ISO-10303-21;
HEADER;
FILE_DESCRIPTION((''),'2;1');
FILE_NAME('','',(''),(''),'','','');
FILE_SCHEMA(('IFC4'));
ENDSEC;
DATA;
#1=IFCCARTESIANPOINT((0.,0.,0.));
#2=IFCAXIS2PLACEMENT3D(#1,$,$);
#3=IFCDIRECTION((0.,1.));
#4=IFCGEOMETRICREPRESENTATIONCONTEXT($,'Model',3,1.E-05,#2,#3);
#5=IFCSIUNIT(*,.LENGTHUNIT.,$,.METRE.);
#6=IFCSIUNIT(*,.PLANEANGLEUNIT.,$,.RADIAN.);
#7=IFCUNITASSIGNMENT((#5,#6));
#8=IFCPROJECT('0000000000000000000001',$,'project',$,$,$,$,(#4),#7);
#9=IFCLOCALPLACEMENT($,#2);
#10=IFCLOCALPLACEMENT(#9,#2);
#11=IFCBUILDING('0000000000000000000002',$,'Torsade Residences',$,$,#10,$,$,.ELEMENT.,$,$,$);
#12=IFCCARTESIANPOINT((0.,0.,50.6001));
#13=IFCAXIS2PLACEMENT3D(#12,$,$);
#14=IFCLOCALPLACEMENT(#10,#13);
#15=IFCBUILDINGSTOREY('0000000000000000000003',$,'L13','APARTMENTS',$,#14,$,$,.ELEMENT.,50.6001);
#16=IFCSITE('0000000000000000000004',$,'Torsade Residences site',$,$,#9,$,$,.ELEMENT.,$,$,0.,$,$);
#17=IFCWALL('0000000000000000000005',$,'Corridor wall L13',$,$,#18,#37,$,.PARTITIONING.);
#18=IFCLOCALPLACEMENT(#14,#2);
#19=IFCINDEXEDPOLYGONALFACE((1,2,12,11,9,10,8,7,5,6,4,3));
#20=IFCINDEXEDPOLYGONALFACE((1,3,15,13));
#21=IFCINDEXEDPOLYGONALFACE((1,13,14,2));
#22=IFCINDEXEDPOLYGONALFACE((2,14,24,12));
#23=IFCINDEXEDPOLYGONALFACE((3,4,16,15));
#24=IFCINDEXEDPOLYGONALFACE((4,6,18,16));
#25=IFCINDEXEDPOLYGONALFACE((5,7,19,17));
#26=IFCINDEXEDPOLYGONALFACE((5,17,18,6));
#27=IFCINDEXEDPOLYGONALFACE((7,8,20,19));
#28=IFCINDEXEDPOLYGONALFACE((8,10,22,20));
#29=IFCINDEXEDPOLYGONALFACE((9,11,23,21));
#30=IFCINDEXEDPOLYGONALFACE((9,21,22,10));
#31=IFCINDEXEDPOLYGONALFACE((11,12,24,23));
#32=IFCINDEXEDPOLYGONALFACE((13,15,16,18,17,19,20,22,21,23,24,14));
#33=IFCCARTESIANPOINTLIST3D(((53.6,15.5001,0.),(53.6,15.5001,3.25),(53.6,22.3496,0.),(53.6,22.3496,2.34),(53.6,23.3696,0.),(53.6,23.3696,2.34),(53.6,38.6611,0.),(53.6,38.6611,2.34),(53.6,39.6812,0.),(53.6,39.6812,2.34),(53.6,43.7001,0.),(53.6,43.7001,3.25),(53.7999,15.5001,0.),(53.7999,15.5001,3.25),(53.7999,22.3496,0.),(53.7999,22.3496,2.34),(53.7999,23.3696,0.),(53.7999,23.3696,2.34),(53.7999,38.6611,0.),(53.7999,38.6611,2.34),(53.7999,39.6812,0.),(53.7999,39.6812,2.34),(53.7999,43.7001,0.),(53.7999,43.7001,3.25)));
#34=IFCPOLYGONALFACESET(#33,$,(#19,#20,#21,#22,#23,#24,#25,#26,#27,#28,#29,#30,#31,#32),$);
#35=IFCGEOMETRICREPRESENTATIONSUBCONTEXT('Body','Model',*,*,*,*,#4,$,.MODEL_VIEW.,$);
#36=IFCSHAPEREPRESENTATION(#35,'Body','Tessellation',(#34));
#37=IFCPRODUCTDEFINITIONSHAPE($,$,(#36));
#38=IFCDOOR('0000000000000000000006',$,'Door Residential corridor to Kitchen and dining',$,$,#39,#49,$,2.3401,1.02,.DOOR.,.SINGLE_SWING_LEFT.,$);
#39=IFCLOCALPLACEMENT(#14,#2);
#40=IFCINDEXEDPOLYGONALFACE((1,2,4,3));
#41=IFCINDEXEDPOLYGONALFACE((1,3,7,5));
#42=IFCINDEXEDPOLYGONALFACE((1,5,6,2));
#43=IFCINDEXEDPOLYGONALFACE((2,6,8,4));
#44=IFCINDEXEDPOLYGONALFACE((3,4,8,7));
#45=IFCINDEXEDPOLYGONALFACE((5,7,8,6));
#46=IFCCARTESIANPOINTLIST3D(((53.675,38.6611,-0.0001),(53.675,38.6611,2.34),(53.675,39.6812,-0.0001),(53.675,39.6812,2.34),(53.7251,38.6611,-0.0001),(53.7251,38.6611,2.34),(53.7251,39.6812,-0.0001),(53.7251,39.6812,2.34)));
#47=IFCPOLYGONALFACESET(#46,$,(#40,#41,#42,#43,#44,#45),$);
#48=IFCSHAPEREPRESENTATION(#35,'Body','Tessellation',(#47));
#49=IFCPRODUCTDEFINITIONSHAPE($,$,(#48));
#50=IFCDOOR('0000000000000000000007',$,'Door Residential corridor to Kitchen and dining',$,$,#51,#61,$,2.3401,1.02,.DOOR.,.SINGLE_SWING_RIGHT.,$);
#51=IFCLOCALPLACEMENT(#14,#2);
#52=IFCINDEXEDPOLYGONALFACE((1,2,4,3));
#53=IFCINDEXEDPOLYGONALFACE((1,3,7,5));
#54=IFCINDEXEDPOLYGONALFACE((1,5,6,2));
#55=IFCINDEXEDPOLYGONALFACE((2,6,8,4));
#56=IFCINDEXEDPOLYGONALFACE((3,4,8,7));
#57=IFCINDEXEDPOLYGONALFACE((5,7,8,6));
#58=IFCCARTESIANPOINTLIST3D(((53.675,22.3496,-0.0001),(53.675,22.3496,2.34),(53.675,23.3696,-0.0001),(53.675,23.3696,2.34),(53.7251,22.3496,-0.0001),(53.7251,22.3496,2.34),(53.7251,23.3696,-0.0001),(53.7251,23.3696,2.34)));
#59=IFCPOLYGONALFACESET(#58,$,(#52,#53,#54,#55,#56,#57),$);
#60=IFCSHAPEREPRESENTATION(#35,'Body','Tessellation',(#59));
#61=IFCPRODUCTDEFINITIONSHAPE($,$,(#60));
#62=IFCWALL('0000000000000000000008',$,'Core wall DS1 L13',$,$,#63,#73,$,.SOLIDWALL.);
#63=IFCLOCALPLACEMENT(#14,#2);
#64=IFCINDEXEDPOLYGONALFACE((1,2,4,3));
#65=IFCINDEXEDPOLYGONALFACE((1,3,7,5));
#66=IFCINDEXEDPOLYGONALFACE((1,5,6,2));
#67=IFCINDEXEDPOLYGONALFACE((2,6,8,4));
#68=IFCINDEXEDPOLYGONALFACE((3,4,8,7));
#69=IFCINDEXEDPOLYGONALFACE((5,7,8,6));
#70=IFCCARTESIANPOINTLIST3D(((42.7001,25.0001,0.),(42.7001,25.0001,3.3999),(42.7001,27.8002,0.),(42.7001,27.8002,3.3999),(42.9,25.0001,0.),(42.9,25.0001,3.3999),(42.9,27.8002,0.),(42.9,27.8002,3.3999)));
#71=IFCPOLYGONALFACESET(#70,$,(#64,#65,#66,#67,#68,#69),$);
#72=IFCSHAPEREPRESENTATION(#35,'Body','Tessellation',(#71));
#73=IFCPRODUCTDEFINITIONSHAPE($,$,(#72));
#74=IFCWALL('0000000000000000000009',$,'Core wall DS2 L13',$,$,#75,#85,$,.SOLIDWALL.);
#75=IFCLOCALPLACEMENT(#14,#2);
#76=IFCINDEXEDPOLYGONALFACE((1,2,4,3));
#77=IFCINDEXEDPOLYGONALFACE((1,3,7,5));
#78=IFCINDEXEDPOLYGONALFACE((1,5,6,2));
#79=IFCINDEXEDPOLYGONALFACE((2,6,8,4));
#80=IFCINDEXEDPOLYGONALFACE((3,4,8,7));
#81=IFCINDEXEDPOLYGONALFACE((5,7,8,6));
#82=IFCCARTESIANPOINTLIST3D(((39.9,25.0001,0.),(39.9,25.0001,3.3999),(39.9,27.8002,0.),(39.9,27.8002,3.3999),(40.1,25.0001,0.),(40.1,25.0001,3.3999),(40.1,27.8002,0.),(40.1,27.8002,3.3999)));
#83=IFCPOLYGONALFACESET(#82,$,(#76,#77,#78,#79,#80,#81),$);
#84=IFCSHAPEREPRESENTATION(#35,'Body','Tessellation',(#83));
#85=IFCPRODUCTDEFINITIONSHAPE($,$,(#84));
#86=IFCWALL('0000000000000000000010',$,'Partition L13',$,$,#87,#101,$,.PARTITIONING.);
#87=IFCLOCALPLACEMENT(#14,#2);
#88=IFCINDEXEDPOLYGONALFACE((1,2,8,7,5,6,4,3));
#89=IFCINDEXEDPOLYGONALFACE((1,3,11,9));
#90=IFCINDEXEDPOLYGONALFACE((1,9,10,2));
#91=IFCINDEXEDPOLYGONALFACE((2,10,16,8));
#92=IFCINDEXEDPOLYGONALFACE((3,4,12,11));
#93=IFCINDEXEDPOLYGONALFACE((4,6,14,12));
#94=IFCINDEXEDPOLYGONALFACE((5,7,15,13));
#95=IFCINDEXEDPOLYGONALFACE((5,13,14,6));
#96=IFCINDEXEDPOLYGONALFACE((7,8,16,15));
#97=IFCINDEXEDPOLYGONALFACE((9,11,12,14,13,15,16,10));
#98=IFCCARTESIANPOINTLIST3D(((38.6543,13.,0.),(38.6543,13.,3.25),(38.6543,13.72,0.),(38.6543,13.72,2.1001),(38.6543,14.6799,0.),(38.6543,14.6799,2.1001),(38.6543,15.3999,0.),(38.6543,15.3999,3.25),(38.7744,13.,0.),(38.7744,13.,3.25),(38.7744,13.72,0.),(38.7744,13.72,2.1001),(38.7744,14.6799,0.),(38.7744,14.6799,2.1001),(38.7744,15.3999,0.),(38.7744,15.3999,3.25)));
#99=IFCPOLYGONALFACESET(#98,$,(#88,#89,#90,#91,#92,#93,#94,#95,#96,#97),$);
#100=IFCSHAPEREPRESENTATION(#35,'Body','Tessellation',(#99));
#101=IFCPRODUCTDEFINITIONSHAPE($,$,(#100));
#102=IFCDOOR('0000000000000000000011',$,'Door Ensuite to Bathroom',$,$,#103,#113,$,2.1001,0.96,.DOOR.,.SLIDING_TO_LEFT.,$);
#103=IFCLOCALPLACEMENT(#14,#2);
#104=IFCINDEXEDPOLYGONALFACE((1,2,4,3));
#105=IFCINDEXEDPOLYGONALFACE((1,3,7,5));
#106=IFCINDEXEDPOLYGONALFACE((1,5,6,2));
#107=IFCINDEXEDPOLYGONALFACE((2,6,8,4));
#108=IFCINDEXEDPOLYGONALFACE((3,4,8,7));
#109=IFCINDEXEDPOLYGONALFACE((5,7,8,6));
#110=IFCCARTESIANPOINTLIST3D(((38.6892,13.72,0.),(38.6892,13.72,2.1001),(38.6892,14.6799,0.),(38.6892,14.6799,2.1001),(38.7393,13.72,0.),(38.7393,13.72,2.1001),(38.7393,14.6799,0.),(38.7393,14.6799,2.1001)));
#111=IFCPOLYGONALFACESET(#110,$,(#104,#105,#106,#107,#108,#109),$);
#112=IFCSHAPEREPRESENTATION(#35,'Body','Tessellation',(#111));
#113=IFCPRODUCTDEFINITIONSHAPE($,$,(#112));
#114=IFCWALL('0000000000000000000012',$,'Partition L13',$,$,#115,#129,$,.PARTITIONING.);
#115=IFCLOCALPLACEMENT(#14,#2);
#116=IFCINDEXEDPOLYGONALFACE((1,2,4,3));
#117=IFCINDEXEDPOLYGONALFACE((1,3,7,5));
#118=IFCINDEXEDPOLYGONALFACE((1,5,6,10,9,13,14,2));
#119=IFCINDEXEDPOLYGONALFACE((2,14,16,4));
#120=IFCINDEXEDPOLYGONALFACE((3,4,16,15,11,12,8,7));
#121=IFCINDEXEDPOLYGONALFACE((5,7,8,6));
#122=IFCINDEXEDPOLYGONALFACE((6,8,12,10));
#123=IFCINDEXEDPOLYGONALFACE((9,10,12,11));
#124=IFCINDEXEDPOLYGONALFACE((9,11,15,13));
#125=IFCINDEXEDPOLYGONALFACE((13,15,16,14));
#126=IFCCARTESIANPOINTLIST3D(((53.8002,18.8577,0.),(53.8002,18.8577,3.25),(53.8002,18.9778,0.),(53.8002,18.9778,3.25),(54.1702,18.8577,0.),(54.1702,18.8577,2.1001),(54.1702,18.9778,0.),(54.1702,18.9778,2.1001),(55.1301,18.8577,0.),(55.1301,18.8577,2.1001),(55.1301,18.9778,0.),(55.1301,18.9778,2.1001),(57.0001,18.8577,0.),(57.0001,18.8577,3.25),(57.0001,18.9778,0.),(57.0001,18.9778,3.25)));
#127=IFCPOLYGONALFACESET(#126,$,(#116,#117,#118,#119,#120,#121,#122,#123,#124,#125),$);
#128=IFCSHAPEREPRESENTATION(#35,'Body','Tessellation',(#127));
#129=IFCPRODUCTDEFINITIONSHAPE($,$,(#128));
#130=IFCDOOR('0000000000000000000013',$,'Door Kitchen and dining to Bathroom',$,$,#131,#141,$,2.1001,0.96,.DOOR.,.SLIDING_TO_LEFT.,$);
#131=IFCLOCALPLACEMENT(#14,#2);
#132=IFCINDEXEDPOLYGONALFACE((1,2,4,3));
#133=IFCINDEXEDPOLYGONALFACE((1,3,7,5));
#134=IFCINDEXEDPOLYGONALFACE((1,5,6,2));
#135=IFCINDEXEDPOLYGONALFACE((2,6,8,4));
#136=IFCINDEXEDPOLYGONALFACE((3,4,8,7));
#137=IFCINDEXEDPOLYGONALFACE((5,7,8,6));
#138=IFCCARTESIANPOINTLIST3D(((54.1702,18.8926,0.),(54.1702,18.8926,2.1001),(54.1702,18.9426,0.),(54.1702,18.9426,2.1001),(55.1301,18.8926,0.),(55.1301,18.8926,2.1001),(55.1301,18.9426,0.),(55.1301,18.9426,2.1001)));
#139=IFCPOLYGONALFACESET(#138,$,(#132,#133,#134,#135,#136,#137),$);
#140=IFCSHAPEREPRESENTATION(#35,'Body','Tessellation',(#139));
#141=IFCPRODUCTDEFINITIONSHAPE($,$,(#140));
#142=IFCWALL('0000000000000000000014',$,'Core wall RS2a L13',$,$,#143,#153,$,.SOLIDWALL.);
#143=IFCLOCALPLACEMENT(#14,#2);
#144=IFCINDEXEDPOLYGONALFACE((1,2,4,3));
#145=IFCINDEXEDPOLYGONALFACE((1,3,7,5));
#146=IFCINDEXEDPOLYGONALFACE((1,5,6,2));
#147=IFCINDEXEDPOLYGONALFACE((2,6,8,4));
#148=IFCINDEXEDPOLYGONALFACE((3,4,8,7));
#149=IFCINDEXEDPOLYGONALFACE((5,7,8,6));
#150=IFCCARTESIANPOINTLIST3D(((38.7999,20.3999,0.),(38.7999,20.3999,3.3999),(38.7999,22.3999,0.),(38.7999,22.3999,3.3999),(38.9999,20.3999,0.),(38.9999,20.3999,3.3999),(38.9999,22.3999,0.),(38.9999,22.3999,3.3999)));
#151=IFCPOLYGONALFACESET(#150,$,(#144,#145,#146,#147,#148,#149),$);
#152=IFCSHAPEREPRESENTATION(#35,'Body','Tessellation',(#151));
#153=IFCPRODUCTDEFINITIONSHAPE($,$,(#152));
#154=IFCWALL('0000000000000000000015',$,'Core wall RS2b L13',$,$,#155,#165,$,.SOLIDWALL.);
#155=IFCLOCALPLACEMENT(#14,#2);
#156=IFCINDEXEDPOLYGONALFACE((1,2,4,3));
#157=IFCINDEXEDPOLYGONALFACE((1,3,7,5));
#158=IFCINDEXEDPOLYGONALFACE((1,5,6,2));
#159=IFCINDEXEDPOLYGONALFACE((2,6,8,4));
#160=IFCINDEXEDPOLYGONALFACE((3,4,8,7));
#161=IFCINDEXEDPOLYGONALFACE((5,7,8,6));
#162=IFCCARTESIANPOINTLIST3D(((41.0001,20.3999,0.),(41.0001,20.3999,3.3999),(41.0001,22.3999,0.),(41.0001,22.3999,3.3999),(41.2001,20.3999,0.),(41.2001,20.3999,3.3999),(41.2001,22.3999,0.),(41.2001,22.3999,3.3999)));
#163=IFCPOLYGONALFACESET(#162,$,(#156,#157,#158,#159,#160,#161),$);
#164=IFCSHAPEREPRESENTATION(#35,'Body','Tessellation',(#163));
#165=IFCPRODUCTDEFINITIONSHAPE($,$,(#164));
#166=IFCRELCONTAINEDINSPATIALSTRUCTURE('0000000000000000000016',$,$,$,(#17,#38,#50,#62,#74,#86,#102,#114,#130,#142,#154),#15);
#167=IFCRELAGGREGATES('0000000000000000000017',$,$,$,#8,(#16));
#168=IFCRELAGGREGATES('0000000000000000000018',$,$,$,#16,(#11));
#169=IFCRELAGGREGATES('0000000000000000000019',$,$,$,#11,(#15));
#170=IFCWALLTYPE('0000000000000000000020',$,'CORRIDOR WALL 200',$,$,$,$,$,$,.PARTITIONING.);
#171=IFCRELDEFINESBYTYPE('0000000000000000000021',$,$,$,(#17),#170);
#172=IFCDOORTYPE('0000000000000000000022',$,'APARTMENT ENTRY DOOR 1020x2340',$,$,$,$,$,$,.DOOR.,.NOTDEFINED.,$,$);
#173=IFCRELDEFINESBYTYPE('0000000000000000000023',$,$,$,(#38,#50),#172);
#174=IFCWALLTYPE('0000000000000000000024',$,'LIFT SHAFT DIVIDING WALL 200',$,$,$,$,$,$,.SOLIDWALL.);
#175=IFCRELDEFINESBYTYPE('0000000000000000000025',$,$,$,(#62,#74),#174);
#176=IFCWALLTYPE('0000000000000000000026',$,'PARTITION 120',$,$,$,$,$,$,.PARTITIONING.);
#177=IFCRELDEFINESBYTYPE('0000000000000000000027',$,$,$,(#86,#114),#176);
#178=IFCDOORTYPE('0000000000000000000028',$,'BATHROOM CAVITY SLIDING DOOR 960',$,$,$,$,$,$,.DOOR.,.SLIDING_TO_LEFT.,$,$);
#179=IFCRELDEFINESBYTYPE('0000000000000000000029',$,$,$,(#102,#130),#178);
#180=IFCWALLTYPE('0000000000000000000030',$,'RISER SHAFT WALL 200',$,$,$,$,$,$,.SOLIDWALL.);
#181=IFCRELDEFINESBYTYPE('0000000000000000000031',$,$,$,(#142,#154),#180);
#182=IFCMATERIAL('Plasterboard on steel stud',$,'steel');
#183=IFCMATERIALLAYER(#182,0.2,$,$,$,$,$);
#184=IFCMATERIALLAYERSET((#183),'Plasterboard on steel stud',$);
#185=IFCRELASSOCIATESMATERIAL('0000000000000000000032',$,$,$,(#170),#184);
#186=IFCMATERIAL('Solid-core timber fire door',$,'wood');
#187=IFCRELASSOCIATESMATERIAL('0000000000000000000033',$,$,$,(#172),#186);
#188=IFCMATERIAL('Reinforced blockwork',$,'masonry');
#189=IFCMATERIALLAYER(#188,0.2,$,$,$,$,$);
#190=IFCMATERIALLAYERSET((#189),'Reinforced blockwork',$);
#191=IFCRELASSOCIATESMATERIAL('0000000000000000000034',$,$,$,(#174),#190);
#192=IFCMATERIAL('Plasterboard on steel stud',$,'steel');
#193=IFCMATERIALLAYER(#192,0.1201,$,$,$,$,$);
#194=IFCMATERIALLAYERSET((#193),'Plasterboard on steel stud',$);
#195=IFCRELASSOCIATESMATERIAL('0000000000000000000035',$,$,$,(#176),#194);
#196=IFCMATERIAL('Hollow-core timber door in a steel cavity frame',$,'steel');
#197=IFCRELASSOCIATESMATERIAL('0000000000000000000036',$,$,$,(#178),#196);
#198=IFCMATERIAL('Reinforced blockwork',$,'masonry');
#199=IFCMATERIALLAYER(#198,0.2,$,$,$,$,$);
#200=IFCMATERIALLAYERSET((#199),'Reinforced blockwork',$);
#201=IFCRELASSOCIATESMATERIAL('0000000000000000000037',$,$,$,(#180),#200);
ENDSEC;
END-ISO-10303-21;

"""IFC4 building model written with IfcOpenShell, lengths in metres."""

from ifc_helpers import new_model, si_unit, direction, frame, frame_2d, origin, place, context, subcontext, project, spatial, rectangle, extrude, material, layer, layer_set, type_object, element, fill, save


model = new_model("IFC4")

# Units and contexts
model_context = context("Model", 3, precision=1e-05, world=origin(), true_north=direction((0.0, 1.0)))
body_context = subcontext(model_context, "Body", "Model", "MODEL_VIEW")
ifc_project = project(units=[si_unit("LENGTHUNIT", "METRE"), si_unit("PLANEANGLEUNIT", "RADIAN")], contexts=[model_context])

# Site, building, storey
site_placement = place(None, origin())
site = spatial("IfcSite", under=ifc_project, at=site_placement, Name="Torsade Residences site", CompositionType="ELEMENT", RefElevation=0.0)
building_placement = place(site_placement, origin())
building = spatial("IfcBuilding", under=site, at=building_placement, Name="Torsade Residences", CompositionType="ELEMENT")
storey_placement = place(building_placement, frame((0.0, 0.0, 50.6001)))
storey = spatial("IfcBuildingStorey", under=building, at=storey_placement, Name="L13", Description="APARTMENTS", CompositionType="ELEMENT", Elevation=50.6001)

# Wall, openings, doors
ifc_material_1 = material(Name="Plasterboard on steel stud", Category="steel")
ifc_layer_1 = layer(ifc_material_1, 0.2)
ifc_layer_set_1 = layer_set([ifc_layer_1], Name="Plasterboard on steel stud")
wall_type_1 = type_object("IfcWallType", Name="CORRIDOR WALL 200", PredefinedType="PARTITIONING", material=ifc_layer_set_1)
wall_1_placement = place(storey_placement, frame((53.7, 15.5, 0.0), z_axis=(0.0, 0.0, 1.0), x_axis=(0.0, 1.0, 0.0)))
wall_1 = element("IfcWall", 1, at=wall_1_placement, inside=storey, type_object=wall_type_1, Name="Corridor wall L13", PredefinedType="PARTITIONING", context=body_context, shape_type="SweptSolid", body=[
    extrude(rectangle(XDim=28.2, YDim=0.2, at=frame_2d((14.1001, 0.0))), origin(), (0.0, 0.0, 1.0), 3.25),
])
opening_1_placement = place(wall_1_placement, frame((23.1611, 0.0, 0.0)))
opening_1 = element("IfcOpeningElement", 2, at=opening_1_placement, cuts=wall_1, PredefinedType="OPENING", context=body_context, shape_type="SweptSolid", body=[
    extrude(rectangle(XDim=1.02, YDim=2.3401, at=frame_2d((0.51, 1.1699))), frame((0.0, 0.1099, 0.0), z_axis=(0.0, -1.0, 0.0), x_axis=(1.0, 0.0, 0.0)), (0.0, 0.0, 1.0), 0.22),
])
opening_2_placement = place(wall_1_placement, frame((6.8496, 0.0, 0.0)))
opening_2 = element("IfcOpeningElement", 3, at=opening_2_placement, cuts=wall_1, PredefinedType="OPENING", context=body_context, shape_type="SweptSolid", body=[
    extrude(rectangle(XDim=1.02, YDim=2.3401, at=frame_2d((0.51, 1.1699))), frame((0.0, 0.1099, 0.0), z_axis=(0.0, -1.0, 0.0), x_axis=(1.0, 0.0, 0.0)), (0.0, 0.0, 1.0), 0.22),
])
ifc_material_2 = material(Name="Solid-core timber fire door", Category="wood")
door_type_1 = type_object("IfcDoorType", Name="APARTMENT ENTRY DOOR 1020x2340", OperationType="NOTDEFINED", PredefinedType="DOOR", material=ifc_material_2)
door_1_placement = place(opening_1_placement, origin())
door_1 = element("IfcDoor", 4, at=door_1_placement, inside=storey, type_object=door_type_1, Name="Door Residential corridor to Kitchen and dining", OperationType="SINGLE_SWING_LEFT", OverallHeight=2.3401, OverallWidth=1.02, PredefinedType="DOOR", context=body_context, shape_type="SweptSolid", body=[
    extrude(rectangle(XDim=1.02, YDim=2.3401, at=frame_2d((0.51, 1.1699))), frame((0.0, 0.0249, 0.0), z_axis=(0.0, -1.0, 0.0), x_axis=(1.0, 0.0, 0.0)), (0.0, 0.0, 1.0), 0.05),
])
fill(opening_1, door_1)
door_2_placement = place(opening_2_placement, origin())
door_2 = element("IfcDoor", 5, at=door_2_placement, inside=storey, type_object=door_type_1, Name="Door Residential corridor to Kitchen and dining", OperationType="SINGLE_SWING_RIGHT", OverallHeight=2.3401, OverallWidth=1.02, PredefinedType="DOOR", context=body_context, shape_type="SweptSolid", body=[
    extrude(rectangle(XDim=1.02, YDim=2.3401, at=frame_2d((0.51, 1.1699))), frame((0.0, 0.0249, 0.0), z_axis=(0.0, -1.0, 0.0), x_axis=(1.0, 0.0, 0.0)), (0.0, 0.0, 1.0), 0.05),
])
fill(opening_2, door_2)

# Walls
ifc_material_3 = material(Name="Reinforced blockwork", Category="masonry")
ifc_layer_2 = layer(ifc_material_3, 0.2)
ifc_layer_set_2 = layer_set([ifc_layer_2], Name="Reinforced blockwork")
wall_type_2 = type_object("IfcWallType", Name="LIFT SHAFT DIVIDING WALL 200", PredefinedType="SOLIDWALL", material=ifc_layer_set_2)
for number, where, z_axis, x_axis, name in (
    (6, (42.8, 27.8, 0.0), (0.0, 0.0, 1.0), (0.0, -1.0, 0.0), "Core wall DS1 L13"),
    (7, (40.0, 27.8, 0.0), (0.0, 0.0, 1.0), (0.0, -1.0, 0.0), "Core wall DS2 L13"),
):
    element("IfcWall", number, at=place(storey_placement, frame(where, z_axis=z_axis, x_axis=x_axis)), inside=storey, type_object=wall_type_2, Name=name, PredefinedType="SOLIDWALL", context=body_context, shape_type="SweptSolid", body=[
        extrude(rectangle(XDim=2.8, YDim=0.2, at=frame_2d((1.3999, 0.0))), origin(), (0.0, 0.0, 1.0), 3.3999),
    ])

# Walls, openings, doors
ifc_material_4 = material(Name="Plasterboard on steel stud", Category="steel")
ifc_layer_3 = layer(ifc_material_4, 0.1201)
ifc_layer_set_3 = layer_set([ifc_layer_3], Name="Plasterboard on steel stud")
wall_type_3 = type_object("IfcWallType", Name="PARTITION 120", PredefinedType="PARTITIONING", material=ifc_layer_set_3)
wall_2_placement = place(storey_placement, frame((38.7144, 15.3999, 0.0), z_axis=(0.0, 0.0, 1.0), x_axis=(0.0, -1.0, 0.0)))
wall_2 = element("IfcWall", 8, at=wall_2_placement, inside=storey, type_object=wall_type_3, Name="Partition L13", PredefinedType="PARTITIONING", context=body_context, shape_type="SweptSolid", body=[
    extrude(rectangle(XDim=2.3999, YDim=0.1201, at=frame_2d((1.2, 0.0))), origin(), (0.0, 0.0, 1.0), 3.25),
])
opening_3_placement = place(wall_2_placement, frame((0.72, 0.0, 0.0)))
opening_3 = element("IfcOpeningElement", 9, at=opening_3_placement, cuts=wall_2, PredefinedType="OPENING", context=body_context, shape_type="SweptSolid", body=[
    extrude(rectangle(XDim=0.96, YDim=2.1001, at=frame_2d((0.48, 1.05))), frame((0.0, 0.0701, 0.0), z_axis=(0.0, -1.0, 0.0), x_axis=(1.0, 0.0, 0.0)), (0.0, 0.0, 1.0), 0.1401),
])
ifc_material_5 = material(Name="Hollow-core timber door in a steel cavity frame", Category="steel")
door_type_2 = type_object("IfcDoorType", Name="BATHROOM CAVITY SLIDING DOOR 960", OperationType="SLIDING_TO_LEFT", PredefinedType="DOOR", material=ifc_material_5)
door_3_placement = place(opening_3_placement, origin())
door_3 = element("IfcDoor", 10, at=door_3_placement, inside=storey, type_object=door_type_2, Name="Door Ensuite to Bathroom", OperationType="SLIDING_TO_LEFT", OverallHeight=2.1001, OverallWidth=0.96, PredefinedType="DOOR", context=body_context, shape_type="SweptSolid", body=[
    extrude(rectangle(XDim=0.96, YDim=2.1001, at=frame_2d((0.48, 1.05))), frame((0.0, 0.0249, 0.0), z_axis=(0.0, -1.0, 0.0), x_axis=(1.0, 0.0, 0.0)), (0.0, 0.0, 1.0), 0.05),
])
fill(opening_3, door_3)
wall_3_placement = place(storey_placement, frame((53.8, 18.9177, 0.0), z_axis=(0.0, 0.0, 1.0), x_axis=(1.0, 0.0, 0.0)))
wall_3 = element("IfcWall", 11, at=wall_3_placement, inside=storey, type_object=wall_type_3, Name="Partition L13", PredefinedType="PARTITIONING", context=body_context, shape_type="SweptSolid", body=[
    extrude(rectangle(XDim=3.2, YDim=0.1201, at=frame_2d((1.6001, 0.0))), origin(), (0.0, 0.0, 1.0), 3.25),
])
opening_4_placement = place(wall_3_placement, frame((0.3701, 0.0, 0.0)))
opening_4 = element("IfcOpeningElement", 12, at=opening_4_placement, cuts=wall_3, PredefinedType="OPENING", context=body_context, shape_type="SweptSolid", body=[
    extrude(rectangle(XDim=0.96, YDim=2.1001, at=frame_2d((0.48, 1.05))), frame((0.0, 0.0701, 0.0), z_axis=(0.0, -1.0, 0.0), x_axis=(1.0, 0.0, 0.0)), (0.0, 0.0, 1.0), 0.1401),
])
door_4_placement = place(opening_4_placement, origin())
door_4 = element("IfcDoor", 13, at=door_4_placement, inside=storey, type_object=door_type_2, Name="Door Kitchen and dining to Bathroom", OperationType="SLIDING_TO_LEFT", OverallHeight=2.1001, OverallWidth=0.96, PredefinedType="DOOR", context=body_context, shape_type="SweptSolid", body=[
    extrude(rectangle(XDim=0.96, YDim=2.1001, at=frame_2d((0.48, 1.05))), frame((0.0, 0.0249, 0.0), z_axis=(0.0, -1.0, 0.0), x_axis=(1.0, 0.0, 0.0)), (0.0, 0.0, 1.0), 0.05),
])
fill(opening_4, door_4)

# Walls
ifc_material_6 = material(Name="Reinforced blockwork", Category="masonry")
ifc_layer_4 = layer(ifc_material_6, 0.2)
ifc_layer_set_4 = layer_set([ifc_layer_4], Name="Reinforced blockwork")
wall_type_4 = type_object("IfcWallType", Name="RISER SHAFT WALL 200", PredefinedType="SOLIDWALL", material=ifc_layer_set_4)
for number, where, z_axis, x_axis, name in (
    (14, (38.8999, 22.3999, 0.0), (0.0, 0.0, 1.0), (0.0, -1.0, 0.0), "Core wall RS2a L13"),
    (15, (41.1001, 22.3999, 0.0), (0.0, 0.0, 1.0), (0.0, -1.0, 0.0), "Core wall RS2b L13"),
):
    element("IfcWall", number, at=place(storey_placement, frame(where, z_axis=z_axis, x_axis=x_axis)), inside=storey, type_object=wall_type_4, Name=name, PredefinedType="SOLIDWALL", context=body_context, shape_type="SweptSolid", body=[
        extrude(rectangle(XDim=2.0, YDim=0.2, at=frame_2d((1.0, 0.0))), origin(), (0.0, 0.0, 1.0), 3.3999),
    ])

save(model, "model.ifc")
